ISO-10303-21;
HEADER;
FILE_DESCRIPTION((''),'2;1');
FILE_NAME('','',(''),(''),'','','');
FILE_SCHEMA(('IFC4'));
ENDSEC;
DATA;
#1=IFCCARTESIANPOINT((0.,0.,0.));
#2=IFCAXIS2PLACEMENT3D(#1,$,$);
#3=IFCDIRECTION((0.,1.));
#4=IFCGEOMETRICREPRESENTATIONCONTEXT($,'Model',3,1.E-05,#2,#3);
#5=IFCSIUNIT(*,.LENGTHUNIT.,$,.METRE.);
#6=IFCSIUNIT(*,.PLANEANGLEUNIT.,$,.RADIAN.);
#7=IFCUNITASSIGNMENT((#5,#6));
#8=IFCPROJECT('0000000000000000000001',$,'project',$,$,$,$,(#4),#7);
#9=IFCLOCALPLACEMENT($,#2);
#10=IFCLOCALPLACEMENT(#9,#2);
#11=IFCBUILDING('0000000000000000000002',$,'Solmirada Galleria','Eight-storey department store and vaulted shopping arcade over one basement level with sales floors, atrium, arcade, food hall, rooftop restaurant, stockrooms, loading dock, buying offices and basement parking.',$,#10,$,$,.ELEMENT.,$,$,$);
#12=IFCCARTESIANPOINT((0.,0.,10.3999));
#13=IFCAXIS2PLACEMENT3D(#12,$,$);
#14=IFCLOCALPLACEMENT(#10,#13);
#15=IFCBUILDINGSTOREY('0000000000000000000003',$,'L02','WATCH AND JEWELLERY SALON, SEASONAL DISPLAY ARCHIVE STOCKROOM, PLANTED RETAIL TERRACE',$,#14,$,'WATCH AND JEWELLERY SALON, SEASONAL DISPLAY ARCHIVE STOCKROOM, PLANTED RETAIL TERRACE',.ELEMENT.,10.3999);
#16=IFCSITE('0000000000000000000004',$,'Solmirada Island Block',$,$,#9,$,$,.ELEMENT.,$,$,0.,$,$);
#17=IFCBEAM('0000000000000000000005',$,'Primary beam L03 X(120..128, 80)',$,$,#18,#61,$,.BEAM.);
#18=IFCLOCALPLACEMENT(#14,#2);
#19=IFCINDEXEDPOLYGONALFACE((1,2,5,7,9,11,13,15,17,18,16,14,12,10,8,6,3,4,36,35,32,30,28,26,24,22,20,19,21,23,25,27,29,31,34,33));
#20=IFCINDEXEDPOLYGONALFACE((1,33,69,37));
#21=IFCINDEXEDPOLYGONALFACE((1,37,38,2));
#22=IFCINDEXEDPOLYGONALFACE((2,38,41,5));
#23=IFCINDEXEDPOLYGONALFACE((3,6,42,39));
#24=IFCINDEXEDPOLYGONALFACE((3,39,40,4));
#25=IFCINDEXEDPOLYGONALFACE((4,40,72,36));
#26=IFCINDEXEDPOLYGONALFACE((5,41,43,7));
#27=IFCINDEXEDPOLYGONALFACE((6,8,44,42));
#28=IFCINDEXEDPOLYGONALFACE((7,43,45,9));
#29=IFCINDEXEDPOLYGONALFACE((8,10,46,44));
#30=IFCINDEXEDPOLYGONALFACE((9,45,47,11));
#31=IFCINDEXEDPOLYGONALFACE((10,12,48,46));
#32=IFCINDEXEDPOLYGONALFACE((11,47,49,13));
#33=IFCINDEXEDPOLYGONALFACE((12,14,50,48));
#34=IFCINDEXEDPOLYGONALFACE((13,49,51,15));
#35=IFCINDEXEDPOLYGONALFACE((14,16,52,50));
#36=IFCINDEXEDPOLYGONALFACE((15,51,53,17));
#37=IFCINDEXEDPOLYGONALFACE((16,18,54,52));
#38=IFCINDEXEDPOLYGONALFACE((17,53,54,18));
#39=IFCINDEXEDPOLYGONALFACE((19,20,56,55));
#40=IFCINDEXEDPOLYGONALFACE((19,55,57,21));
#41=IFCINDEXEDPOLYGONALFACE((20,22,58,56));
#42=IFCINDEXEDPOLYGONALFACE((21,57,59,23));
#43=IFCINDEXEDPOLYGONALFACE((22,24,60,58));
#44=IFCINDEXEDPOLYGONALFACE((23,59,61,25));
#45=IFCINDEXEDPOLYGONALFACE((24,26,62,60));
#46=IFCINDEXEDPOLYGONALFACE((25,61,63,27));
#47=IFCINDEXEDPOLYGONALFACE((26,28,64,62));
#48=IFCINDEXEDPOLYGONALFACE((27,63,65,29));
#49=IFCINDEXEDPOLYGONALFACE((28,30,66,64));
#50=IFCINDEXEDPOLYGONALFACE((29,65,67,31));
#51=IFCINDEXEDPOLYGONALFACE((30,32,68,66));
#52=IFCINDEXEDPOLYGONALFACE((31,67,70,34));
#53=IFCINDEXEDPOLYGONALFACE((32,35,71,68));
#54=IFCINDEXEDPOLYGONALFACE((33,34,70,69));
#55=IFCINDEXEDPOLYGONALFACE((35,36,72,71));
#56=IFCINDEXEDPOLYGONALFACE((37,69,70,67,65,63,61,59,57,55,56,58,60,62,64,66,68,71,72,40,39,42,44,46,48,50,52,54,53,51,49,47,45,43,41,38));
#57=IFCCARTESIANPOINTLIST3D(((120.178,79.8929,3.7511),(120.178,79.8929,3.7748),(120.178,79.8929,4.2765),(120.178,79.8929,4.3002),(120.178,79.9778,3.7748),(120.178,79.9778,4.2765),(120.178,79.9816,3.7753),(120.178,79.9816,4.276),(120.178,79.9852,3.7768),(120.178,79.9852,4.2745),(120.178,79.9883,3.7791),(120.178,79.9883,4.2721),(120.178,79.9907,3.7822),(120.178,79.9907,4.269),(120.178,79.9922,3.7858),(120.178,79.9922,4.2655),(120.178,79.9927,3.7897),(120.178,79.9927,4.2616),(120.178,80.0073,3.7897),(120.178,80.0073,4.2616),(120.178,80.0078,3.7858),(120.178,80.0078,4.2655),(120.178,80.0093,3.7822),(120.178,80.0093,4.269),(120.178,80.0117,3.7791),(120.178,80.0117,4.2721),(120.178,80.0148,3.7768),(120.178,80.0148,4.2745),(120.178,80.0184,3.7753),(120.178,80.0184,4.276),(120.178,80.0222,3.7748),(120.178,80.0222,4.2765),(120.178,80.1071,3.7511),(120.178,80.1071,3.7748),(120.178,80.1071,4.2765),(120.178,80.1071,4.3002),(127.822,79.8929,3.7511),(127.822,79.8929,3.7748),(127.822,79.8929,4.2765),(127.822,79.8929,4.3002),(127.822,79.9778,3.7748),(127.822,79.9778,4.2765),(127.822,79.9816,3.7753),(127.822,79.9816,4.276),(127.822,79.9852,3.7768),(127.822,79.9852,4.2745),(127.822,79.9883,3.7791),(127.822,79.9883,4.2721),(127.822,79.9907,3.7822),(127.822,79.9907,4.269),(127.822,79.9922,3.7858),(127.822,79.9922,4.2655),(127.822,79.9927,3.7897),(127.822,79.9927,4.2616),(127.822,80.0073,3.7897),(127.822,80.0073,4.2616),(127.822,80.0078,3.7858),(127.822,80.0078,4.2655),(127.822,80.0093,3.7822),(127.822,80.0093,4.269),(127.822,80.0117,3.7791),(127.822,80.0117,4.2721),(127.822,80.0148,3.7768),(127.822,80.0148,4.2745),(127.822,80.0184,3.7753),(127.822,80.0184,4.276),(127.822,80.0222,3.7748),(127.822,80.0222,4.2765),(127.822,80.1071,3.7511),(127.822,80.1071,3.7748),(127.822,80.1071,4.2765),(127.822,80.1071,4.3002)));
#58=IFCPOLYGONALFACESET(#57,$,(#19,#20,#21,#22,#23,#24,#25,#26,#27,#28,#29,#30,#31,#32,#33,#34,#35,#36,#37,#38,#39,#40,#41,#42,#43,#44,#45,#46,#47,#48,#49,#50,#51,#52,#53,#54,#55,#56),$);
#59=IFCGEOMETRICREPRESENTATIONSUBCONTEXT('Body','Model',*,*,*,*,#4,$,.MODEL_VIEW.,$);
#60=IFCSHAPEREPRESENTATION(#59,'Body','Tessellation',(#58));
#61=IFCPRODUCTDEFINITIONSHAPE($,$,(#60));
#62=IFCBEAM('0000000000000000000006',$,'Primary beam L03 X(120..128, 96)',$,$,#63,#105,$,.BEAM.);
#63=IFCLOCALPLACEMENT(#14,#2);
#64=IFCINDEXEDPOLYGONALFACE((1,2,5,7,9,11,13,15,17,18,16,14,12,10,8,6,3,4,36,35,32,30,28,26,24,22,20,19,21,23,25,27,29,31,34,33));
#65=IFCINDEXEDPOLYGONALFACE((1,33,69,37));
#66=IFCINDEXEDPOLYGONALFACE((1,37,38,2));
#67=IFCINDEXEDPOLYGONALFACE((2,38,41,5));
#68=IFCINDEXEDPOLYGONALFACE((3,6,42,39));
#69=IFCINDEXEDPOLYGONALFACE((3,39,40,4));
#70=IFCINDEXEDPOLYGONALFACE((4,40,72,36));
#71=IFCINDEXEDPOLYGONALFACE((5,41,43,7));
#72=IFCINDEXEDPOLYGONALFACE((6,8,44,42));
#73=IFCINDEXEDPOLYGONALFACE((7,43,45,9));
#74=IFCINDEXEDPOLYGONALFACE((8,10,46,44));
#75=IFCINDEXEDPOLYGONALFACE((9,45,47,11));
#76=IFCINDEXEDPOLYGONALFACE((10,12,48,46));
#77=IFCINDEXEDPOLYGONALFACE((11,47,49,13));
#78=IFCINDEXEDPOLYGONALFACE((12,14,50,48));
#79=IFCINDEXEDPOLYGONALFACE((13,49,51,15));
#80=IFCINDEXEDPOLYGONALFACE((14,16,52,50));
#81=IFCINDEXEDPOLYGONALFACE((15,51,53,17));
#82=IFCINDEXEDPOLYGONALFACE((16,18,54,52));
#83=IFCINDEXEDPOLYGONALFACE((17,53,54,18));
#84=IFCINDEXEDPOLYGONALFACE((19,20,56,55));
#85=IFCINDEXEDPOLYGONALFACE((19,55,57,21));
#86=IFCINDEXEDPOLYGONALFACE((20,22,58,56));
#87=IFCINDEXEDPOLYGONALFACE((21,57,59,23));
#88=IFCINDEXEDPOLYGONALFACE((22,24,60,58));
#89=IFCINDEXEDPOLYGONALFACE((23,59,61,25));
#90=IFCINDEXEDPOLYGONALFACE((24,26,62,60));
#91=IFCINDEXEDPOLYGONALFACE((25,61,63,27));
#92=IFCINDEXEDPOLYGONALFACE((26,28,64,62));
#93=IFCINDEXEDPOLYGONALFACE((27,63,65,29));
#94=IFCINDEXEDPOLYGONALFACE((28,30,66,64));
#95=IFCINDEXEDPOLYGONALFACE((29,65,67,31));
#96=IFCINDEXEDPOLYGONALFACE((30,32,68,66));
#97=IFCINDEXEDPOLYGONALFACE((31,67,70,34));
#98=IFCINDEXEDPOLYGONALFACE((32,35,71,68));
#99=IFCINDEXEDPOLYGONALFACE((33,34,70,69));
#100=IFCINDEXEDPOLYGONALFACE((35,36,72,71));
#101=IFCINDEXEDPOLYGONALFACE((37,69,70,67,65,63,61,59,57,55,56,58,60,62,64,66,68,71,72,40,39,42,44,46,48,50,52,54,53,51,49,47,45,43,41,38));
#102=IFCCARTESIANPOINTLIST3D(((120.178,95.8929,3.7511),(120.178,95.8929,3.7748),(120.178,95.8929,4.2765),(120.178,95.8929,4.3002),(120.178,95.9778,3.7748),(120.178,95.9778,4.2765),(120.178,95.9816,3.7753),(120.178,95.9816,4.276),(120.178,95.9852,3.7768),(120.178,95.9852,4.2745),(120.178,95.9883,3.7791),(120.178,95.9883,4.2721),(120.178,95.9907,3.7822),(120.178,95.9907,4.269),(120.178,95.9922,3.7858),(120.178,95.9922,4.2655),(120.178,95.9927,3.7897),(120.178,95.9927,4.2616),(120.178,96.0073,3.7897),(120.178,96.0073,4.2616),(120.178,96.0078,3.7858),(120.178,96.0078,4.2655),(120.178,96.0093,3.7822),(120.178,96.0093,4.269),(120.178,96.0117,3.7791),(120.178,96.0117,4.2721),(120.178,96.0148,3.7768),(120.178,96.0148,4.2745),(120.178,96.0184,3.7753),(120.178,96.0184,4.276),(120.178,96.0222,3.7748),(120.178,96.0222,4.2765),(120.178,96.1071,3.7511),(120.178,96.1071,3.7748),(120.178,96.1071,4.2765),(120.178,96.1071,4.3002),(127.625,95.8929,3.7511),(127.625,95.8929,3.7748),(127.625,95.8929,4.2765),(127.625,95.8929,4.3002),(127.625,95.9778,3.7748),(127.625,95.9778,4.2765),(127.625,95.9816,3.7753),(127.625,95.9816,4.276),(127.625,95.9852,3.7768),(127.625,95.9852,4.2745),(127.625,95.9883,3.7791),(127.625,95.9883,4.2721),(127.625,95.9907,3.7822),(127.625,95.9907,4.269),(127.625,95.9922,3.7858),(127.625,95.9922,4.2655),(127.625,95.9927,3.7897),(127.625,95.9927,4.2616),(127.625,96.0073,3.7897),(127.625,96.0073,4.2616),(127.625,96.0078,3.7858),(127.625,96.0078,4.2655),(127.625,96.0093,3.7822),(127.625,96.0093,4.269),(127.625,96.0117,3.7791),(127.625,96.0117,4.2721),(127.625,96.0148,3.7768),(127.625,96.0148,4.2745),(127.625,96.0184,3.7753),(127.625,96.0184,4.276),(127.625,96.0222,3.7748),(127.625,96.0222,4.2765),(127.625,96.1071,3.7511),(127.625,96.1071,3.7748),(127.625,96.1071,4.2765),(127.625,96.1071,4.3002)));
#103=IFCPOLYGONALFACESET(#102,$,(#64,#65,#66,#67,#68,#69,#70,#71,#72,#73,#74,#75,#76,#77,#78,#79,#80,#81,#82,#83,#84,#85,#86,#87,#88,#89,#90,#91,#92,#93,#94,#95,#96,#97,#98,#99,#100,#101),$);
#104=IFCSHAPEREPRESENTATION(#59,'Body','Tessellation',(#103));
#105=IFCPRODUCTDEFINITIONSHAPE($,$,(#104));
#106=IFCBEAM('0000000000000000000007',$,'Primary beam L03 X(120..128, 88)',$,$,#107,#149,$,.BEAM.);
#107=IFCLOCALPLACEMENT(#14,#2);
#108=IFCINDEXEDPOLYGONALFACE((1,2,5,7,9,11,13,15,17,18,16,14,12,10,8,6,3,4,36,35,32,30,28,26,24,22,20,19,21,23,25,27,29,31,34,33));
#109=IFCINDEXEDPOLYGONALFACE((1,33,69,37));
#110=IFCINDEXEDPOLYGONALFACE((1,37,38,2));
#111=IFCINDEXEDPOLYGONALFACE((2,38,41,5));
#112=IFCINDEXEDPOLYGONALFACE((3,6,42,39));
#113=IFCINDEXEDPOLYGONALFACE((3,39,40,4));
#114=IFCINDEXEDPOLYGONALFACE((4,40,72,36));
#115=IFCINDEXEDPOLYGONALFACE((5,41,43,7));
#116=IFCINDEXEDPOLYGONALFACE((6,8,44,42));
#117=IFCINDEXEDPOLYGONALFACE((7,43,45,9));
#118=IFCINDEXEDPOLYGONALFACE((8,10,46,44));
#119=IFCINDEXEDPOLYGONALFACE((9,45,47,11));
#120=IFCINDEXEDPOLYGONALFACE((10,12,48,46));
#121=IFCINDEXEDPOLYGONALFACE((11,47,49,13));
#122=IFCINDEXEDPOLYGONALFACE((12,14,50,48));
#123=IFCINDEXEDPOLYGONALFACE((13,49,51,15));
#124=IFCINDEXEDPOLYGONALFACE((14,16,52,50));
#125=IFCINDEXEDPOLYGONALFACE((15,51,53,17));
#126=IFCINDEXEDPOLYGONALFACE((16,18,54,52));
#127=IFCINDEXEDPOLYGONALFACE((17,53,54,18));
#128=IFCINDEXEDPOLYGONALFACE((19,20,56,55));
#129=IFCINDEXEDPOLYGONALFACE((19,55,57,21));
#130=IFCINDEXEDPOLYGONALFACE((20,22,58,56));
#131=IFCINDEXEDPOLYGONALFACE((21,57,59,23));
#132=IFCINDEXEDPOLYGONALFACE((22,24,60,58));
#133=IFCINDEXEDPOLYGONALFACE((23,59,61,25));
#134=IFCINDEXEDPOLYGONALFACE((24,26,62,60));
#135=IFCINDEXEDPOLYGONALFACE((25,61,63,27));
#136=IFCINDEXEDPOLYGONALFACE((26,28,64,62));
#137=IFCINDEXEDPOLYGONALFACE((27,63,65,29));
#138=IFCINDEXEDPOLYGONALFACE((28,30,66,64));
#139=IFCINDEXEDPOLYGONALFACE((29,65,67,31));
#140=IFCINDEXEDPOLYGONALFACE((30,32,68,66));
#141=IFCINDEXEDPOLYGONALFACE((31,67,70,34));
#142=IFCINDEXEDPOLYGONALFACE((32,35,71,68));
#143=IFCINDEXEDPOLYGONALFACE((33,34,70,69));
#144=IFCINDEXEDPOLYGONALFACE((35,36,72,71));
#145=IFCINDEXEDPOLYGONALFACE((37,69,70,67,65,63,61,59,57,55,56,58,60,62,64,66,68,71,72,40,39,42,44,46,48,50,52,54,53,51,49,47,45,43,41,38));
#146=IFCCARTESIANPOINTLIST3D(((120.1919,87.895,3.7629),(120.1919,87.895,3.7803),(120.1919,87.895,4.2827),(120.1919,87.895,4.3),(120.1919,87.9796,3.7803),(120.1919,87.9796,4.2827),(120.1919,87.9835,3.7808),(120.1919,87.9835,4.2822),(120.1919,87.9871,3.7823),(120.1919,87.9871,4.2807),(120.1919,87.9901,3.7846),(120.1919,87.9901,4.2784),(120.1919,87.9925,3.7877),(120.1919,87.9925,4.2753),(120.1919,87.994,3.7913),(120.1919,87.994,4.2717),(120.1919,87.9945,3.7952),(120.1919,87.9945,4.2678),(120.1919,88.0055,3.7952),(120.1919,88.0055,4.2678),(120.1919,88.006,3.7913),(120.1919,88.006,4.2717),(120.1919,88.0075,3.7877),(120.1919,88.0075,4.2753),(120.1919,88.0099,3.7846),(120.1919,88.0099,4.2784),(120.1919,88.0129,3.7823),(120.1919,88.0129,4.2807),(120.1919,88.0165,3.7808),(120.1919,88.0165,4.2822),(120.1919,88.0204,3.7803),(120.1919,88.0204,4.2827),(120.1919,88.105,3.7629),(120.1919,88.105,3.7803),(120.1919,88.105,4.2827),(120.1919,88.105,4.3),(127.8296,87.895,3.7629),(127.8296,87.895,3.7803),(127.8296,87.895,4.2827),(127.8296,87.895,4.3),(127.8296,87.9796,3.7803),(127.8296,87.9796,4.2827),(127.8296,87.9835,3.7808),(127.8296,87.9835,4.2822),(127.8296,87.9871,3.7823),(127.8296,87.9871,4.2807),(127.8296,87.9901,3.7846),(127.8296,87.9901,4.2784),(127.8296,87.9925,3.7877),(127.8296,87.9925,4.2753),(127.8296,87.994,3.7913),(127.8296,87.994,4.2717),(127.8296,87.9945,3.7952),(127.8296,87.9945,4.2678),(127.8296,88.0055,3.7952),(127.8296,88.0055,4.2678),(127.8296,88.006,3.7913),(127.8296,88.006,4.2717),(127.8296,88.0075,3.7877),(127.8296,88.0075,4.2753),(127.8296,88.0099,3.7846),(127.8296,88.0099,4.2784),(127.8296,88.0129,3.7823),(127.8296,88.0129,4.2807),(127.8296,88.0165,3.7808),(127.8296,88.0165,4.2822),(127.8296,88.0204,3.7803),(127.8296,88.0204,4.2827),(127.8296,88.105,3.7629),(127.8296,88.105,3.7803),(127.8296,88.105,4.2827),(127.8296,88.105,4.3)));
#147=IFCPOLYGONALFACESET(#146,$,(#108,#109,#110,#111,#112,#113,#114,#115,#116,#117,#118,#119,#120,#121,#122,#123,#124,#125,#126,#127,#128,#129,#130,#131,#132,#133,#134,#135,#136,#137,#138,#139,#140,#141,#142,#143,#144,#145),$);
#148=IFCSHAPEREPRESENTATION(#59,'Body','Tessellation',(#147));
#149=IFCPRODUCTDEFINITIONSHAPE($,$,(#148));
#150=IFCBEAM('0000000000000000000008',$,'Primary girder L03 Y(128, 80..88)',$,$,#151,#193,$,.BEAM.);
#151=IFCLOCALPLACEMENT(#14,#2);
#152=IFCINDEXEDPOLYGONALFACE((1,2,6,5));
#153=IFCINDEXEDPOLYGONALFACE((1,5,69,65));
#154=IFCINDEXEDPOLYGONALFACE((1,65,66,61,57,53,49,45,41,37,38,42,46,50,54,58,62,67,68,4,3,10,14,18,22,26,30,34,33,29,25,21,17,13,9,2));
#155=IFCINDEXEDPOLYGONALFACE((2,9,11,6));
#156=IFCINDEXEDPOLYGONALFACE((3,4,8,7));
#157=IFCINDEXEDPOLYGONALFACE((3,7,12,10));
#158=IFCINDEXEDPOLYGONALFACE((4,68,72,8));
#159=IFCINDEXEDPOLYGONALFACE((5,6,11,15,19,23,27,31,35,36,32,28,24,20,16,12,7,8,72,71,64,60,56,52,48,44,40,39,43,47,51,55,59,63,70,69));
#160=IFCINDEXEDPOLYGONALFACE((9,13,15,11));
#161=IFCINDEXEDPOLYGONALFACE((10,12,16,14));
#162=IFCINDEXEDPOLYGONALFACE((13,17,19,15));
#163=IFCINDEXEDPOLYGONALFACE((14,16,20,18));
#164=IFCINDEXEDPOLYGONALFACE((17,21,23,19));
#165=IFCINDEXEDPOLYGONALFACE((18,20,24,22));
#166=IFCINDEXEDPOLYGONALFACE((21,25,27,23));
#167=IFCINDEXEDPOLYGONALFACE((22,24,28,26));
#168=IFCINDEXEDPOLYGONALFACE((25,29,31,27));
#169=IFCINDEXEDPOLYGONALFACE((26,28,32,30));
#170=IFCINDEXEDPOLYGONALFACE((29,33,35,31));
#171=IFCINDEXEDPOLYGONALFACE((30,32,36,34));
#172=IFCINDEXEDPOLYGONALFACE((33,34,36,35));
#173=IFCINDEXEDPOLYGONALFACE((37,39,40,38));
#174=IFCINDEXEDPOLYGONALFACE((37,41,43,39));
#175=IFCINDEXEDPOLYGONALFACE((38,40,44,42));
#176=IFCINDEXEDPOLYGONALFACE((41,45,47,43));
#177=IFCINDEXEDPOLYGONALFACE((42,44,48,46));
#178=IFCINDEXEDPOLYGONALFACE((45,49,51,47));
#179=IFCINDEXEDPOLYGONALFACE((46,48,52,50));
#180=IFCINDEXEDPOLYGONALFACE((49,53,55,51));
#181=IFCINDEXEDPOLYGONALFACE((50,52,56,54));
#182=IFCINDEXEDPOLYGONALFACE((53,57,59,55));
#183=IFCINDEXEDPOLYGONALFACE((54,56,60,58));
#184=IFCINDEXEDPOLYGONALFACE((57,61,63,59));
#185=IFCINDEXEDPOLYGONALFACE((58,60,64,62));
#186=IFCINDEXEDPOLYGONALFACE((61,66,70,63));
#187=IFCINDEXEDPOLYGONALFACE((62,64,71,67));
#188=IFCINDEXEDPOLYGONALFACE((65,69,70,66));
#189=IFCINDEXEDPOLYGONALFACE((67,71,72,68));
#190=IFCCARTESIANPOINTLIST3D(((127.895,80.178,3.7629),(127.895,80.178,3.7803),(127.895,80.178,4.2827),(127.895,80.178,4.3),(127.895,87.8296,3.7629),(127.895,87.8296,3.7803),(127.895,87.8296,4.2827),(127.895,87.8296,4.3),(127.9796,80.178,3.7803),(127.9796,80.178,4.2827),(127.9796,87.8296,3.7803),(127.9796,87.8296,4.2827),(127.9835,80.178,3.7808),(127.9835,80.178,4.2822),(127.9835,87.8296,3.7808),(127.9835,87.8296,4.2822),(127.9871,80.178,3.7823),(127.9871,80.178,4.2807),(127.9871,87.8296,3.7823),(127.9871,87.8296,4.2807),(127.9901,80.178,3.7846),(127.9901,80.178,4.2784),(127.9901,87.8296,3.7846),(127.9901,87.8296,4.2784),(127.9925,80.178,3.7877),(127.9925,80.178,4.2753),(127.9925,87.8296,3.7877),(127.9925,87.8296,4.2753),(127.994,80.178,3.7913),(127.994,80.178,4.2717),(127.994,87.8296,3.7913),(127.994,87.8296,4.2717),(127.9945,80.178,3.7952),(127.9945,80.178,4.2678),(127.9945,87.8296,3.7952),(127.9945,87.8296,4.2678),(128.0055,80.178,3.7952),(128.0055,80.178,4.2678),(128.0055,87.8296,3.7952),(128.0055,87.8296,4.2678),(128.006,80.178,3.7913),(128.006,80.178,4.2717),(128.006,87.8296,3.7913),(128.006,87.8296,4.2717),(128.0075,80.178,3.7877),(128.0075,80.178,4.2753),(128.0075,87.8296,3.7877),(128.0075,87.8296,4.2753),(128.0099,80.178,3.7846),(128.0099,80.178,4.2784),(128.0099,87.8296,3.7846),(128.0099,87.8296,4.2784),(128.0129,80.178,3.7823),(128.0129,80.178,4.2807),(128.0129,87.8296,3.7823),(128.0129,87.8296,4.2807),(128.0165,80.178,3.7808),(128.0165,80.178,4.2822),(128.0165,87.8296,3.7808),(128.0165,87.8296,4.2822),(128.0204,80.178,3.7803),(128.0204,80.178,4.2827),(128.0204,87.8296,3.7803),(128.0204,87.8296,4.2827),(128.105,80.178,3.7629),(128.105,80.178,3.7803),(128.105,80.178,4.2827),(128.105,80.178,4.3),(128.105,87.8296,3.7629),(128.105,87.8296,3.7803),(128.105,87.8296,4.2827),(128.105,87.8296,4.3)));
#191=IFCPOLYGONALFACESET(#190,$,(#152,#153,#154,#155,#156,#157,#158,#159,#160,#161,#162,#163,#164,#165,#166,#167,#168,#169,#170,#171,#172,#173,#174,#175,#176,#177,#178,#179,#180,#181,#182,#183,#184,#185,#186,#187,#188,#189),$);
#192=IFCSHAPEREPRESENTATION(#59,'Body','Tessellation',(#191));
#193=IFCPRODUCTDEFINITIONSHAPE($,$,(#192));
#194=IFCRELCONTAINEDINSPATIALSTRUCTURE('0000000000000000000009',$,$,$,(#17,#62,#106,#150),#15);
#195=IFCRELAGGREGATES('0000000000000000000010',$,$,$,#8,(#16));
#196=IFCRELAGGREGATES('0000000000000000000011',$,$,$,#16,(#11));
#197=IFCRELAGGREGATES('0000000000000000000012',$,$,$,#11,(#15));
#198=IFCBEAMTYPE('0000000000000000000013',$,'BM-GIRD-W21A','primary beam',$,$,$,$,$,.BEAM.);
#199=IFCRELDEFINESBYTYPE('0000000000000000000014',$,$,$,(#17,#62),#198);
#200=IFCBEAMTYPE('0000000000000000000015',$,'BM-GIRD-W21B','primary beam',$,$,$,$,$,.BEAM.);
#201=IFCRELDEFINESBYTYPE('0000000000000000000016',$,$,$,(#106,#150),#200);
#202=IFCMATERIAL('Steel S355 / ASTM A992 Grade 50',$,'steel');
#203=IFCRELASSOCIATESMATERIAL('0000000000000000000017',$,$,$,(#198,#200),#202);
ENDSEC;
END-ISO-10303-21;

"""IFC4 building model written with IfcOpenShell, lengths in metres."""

from ifc_helpers import new_model, si_unit, direction, frame, origin, origin_2d, place, context, subcontext, project, spatial, i_section, extrude, material, material_profile, profile_set, type_object, element, save


model = new_model("IFC4")

# Units and contexts
model_context = context("Model", 3, precision=1e-05, world=origin(), true_north=direction((0.0, 1.0)))
body_context = subcontext(model_context, "Body", "Model", "MODEL_VIEW")
ifc_project = project(units=[si_unit("LENGTHUNIT", "METRE"), si_unit("PLANEANGLEUNIT", "RADIAN")], contexts=[model_context])

# Site, building, storey
site_placement = place(None, origin())
site = spatial("IfcSite", under=ifc_project, at=site_placement, Name="Solmirada Island Block", CompositionType="ELEMENT", RefElevation=0.0)
building_placement = place(site_placement, origin())
building = spatial("IfcBuilding", under=site, at=building_placement, Name="Solmirada Galleria", Description="Eight-storey department store and vaulted shopping arcade over one basement level with sales floors, atrium, arcade, food hall, rooftop restaurant, stockrooms, loading dock, buying offices and basement parking.", CompositionType="ELEMENT")
storey_placement = place(building_placement, frame((0.0, 0.0, 10.3999)))
storey = spatial("IfcBuildingStorey", under=building, at=storey_placement, Name="L02", Description="WATCH AND JEWELLERY SALON, SEASONAL DISPLAY ARCHIVE STOCKROOM, PLANTED RETAIL TERRACE", LongName="WATCH AND JEWELLERY SALON, SEASONAL DISPLAY ARCHIVE STOCKROOM, PLANTED RETAIL TERRACE", CompositionType="ELEMENT", Elevation=10.3999)

# Beams
ifc_material_1 = material(Name="Steel S355 / ASTM A992 Grade 50", Category="steel")
ifc_material_profile_1 = material_profile(ifc_material_1, i_section(OverallWidth=0.2141, OverallDepth=0.5491, WebThickness=0.0146, FlangeThickness=0.0237, FilletRadius=0.0149, at=origin_2d()), Name="W21X93")
ifc_profile_set_1 = profile_set([ifc_material_profile_1], Name="Steel S355 / ASTM A992 Grade 50")
beam_type_1 = type_object("IfcBeamType", Name="BM-GIRD-W21A", Description="primary beam", PredefinedType="BEAM", material=ifc_profile_set_1)
beam_1_placement = place(storey_placement, frame((120.178, 80.0, 4.0256), z_axis=(1.0, 0.0, 0.0), x_axis=(0.0, 1.0, 0.0)))
element("IfcBeam", 1, at=beam_1_placement, inside=storey, type_object=beam_type_1, Name="Primary beam L03 X(120..128, 80)", PredefinedType="BEAM", context=body_context, shape_type="SweptSolid", body=[
    extrude(i_section(OverallWidth=0.2141, OverallDepth=0.5491, WebThickness=0.0146, FlangeThickness=0.0237, FilletRadius=0.0149, at=origin_2d()), origin(), (0.0, 0.0, 1.0), 7.644),
])
beam_2_placement = place(storey_placement, frame((120.178, 96.0, 4.0256), z_axis=(1.0, 0.0, 0.0), x_axis=(0.0, 1.0, 0.0)))
element("IfcBeam", 2, at=beam_2_placement, inside=storey, type_object=beam_type_1, Name="Primary beam L03 X(120..128, 96)", PredefinedType="BEAM", context=body_context, shape_type="SweptSolid", body=[
    extrude(i_section(OverallWidth=0.2141, OverallDepth=0.5491, WebThickness=0.0146, FlangeThickness=0.0237, FilletRadius=0.0149, at=origin_2d()), origin(), (0.0, 0.0, 1.0), 7.447),
])
ifc_material_profile_2 = material_profile(ifc_material_1, i_section(OverallWidth=0.21, OverallDepth=0.5371, WebThickness=0.011, FlangeThickness=0.0173, FilletRadius=0.0149, at=origin_2d()), Name="W21X68")
ifc_profile_set_2 = profile_set([ifc_material_profile_2], Name="Steel S355 / ASTM A992 Grade 50")
beam_type_2 = type_object("IfcBeamType", Name="BM-GIRD-W21B", Description="primary beam", PredefinedType="BEAM", material=ifc_profile_set_2)
beam_3_placement = place(storey_placement, frame((120.1919, 88.0, 4.0315), z_axis=(1.0, 0.0, 0.0), x_axis=(0.0, 1.0, 0.0)))
element("IfcBeam", 3, at=beam_3_placement, inside=storey, type_object=beam_type_2, Name="Primary beam L03 X(120..128, 88)", PredefinedType="BEAM", context=body_context, shape_type="SweptSolid", body=[
    extrude(i_section(OverallWidth=0.21, OverallDepth=0.5371, WebThickness=0.011, FlangeThickness=0.0173, FilletRadius=0.0149, at=origin_2d()), origin(), (0.0, 0.0, 1.0), 7.6377),
])
beam_4_placement = place(storey_placement, frame((128.0, 80.178, 4.0315), z_axis=(0.0, 1.0, 0.0), x_axis=(-1.0, 0.0, 0.0)))
element("IfcBeam", 4, at=beam_4_placement, inside=storey, type_object=beam_type_2, Name="Primary girder L03 Y(128, 80..88)", PredefinedType="BEAM", context=body_context, shape_type="SweptSolid", body=[
    extrude(i_section(OverallWidth=0.21, OverallDepth=0.5371, WebThickness=0.011, FlangeThickness=0.0173, FilletRadius=0.0149, at=origin_2d()), origin(), (0.0, 0.0, 1.0), 7.6516),
])

save(model, "model.ifc")
